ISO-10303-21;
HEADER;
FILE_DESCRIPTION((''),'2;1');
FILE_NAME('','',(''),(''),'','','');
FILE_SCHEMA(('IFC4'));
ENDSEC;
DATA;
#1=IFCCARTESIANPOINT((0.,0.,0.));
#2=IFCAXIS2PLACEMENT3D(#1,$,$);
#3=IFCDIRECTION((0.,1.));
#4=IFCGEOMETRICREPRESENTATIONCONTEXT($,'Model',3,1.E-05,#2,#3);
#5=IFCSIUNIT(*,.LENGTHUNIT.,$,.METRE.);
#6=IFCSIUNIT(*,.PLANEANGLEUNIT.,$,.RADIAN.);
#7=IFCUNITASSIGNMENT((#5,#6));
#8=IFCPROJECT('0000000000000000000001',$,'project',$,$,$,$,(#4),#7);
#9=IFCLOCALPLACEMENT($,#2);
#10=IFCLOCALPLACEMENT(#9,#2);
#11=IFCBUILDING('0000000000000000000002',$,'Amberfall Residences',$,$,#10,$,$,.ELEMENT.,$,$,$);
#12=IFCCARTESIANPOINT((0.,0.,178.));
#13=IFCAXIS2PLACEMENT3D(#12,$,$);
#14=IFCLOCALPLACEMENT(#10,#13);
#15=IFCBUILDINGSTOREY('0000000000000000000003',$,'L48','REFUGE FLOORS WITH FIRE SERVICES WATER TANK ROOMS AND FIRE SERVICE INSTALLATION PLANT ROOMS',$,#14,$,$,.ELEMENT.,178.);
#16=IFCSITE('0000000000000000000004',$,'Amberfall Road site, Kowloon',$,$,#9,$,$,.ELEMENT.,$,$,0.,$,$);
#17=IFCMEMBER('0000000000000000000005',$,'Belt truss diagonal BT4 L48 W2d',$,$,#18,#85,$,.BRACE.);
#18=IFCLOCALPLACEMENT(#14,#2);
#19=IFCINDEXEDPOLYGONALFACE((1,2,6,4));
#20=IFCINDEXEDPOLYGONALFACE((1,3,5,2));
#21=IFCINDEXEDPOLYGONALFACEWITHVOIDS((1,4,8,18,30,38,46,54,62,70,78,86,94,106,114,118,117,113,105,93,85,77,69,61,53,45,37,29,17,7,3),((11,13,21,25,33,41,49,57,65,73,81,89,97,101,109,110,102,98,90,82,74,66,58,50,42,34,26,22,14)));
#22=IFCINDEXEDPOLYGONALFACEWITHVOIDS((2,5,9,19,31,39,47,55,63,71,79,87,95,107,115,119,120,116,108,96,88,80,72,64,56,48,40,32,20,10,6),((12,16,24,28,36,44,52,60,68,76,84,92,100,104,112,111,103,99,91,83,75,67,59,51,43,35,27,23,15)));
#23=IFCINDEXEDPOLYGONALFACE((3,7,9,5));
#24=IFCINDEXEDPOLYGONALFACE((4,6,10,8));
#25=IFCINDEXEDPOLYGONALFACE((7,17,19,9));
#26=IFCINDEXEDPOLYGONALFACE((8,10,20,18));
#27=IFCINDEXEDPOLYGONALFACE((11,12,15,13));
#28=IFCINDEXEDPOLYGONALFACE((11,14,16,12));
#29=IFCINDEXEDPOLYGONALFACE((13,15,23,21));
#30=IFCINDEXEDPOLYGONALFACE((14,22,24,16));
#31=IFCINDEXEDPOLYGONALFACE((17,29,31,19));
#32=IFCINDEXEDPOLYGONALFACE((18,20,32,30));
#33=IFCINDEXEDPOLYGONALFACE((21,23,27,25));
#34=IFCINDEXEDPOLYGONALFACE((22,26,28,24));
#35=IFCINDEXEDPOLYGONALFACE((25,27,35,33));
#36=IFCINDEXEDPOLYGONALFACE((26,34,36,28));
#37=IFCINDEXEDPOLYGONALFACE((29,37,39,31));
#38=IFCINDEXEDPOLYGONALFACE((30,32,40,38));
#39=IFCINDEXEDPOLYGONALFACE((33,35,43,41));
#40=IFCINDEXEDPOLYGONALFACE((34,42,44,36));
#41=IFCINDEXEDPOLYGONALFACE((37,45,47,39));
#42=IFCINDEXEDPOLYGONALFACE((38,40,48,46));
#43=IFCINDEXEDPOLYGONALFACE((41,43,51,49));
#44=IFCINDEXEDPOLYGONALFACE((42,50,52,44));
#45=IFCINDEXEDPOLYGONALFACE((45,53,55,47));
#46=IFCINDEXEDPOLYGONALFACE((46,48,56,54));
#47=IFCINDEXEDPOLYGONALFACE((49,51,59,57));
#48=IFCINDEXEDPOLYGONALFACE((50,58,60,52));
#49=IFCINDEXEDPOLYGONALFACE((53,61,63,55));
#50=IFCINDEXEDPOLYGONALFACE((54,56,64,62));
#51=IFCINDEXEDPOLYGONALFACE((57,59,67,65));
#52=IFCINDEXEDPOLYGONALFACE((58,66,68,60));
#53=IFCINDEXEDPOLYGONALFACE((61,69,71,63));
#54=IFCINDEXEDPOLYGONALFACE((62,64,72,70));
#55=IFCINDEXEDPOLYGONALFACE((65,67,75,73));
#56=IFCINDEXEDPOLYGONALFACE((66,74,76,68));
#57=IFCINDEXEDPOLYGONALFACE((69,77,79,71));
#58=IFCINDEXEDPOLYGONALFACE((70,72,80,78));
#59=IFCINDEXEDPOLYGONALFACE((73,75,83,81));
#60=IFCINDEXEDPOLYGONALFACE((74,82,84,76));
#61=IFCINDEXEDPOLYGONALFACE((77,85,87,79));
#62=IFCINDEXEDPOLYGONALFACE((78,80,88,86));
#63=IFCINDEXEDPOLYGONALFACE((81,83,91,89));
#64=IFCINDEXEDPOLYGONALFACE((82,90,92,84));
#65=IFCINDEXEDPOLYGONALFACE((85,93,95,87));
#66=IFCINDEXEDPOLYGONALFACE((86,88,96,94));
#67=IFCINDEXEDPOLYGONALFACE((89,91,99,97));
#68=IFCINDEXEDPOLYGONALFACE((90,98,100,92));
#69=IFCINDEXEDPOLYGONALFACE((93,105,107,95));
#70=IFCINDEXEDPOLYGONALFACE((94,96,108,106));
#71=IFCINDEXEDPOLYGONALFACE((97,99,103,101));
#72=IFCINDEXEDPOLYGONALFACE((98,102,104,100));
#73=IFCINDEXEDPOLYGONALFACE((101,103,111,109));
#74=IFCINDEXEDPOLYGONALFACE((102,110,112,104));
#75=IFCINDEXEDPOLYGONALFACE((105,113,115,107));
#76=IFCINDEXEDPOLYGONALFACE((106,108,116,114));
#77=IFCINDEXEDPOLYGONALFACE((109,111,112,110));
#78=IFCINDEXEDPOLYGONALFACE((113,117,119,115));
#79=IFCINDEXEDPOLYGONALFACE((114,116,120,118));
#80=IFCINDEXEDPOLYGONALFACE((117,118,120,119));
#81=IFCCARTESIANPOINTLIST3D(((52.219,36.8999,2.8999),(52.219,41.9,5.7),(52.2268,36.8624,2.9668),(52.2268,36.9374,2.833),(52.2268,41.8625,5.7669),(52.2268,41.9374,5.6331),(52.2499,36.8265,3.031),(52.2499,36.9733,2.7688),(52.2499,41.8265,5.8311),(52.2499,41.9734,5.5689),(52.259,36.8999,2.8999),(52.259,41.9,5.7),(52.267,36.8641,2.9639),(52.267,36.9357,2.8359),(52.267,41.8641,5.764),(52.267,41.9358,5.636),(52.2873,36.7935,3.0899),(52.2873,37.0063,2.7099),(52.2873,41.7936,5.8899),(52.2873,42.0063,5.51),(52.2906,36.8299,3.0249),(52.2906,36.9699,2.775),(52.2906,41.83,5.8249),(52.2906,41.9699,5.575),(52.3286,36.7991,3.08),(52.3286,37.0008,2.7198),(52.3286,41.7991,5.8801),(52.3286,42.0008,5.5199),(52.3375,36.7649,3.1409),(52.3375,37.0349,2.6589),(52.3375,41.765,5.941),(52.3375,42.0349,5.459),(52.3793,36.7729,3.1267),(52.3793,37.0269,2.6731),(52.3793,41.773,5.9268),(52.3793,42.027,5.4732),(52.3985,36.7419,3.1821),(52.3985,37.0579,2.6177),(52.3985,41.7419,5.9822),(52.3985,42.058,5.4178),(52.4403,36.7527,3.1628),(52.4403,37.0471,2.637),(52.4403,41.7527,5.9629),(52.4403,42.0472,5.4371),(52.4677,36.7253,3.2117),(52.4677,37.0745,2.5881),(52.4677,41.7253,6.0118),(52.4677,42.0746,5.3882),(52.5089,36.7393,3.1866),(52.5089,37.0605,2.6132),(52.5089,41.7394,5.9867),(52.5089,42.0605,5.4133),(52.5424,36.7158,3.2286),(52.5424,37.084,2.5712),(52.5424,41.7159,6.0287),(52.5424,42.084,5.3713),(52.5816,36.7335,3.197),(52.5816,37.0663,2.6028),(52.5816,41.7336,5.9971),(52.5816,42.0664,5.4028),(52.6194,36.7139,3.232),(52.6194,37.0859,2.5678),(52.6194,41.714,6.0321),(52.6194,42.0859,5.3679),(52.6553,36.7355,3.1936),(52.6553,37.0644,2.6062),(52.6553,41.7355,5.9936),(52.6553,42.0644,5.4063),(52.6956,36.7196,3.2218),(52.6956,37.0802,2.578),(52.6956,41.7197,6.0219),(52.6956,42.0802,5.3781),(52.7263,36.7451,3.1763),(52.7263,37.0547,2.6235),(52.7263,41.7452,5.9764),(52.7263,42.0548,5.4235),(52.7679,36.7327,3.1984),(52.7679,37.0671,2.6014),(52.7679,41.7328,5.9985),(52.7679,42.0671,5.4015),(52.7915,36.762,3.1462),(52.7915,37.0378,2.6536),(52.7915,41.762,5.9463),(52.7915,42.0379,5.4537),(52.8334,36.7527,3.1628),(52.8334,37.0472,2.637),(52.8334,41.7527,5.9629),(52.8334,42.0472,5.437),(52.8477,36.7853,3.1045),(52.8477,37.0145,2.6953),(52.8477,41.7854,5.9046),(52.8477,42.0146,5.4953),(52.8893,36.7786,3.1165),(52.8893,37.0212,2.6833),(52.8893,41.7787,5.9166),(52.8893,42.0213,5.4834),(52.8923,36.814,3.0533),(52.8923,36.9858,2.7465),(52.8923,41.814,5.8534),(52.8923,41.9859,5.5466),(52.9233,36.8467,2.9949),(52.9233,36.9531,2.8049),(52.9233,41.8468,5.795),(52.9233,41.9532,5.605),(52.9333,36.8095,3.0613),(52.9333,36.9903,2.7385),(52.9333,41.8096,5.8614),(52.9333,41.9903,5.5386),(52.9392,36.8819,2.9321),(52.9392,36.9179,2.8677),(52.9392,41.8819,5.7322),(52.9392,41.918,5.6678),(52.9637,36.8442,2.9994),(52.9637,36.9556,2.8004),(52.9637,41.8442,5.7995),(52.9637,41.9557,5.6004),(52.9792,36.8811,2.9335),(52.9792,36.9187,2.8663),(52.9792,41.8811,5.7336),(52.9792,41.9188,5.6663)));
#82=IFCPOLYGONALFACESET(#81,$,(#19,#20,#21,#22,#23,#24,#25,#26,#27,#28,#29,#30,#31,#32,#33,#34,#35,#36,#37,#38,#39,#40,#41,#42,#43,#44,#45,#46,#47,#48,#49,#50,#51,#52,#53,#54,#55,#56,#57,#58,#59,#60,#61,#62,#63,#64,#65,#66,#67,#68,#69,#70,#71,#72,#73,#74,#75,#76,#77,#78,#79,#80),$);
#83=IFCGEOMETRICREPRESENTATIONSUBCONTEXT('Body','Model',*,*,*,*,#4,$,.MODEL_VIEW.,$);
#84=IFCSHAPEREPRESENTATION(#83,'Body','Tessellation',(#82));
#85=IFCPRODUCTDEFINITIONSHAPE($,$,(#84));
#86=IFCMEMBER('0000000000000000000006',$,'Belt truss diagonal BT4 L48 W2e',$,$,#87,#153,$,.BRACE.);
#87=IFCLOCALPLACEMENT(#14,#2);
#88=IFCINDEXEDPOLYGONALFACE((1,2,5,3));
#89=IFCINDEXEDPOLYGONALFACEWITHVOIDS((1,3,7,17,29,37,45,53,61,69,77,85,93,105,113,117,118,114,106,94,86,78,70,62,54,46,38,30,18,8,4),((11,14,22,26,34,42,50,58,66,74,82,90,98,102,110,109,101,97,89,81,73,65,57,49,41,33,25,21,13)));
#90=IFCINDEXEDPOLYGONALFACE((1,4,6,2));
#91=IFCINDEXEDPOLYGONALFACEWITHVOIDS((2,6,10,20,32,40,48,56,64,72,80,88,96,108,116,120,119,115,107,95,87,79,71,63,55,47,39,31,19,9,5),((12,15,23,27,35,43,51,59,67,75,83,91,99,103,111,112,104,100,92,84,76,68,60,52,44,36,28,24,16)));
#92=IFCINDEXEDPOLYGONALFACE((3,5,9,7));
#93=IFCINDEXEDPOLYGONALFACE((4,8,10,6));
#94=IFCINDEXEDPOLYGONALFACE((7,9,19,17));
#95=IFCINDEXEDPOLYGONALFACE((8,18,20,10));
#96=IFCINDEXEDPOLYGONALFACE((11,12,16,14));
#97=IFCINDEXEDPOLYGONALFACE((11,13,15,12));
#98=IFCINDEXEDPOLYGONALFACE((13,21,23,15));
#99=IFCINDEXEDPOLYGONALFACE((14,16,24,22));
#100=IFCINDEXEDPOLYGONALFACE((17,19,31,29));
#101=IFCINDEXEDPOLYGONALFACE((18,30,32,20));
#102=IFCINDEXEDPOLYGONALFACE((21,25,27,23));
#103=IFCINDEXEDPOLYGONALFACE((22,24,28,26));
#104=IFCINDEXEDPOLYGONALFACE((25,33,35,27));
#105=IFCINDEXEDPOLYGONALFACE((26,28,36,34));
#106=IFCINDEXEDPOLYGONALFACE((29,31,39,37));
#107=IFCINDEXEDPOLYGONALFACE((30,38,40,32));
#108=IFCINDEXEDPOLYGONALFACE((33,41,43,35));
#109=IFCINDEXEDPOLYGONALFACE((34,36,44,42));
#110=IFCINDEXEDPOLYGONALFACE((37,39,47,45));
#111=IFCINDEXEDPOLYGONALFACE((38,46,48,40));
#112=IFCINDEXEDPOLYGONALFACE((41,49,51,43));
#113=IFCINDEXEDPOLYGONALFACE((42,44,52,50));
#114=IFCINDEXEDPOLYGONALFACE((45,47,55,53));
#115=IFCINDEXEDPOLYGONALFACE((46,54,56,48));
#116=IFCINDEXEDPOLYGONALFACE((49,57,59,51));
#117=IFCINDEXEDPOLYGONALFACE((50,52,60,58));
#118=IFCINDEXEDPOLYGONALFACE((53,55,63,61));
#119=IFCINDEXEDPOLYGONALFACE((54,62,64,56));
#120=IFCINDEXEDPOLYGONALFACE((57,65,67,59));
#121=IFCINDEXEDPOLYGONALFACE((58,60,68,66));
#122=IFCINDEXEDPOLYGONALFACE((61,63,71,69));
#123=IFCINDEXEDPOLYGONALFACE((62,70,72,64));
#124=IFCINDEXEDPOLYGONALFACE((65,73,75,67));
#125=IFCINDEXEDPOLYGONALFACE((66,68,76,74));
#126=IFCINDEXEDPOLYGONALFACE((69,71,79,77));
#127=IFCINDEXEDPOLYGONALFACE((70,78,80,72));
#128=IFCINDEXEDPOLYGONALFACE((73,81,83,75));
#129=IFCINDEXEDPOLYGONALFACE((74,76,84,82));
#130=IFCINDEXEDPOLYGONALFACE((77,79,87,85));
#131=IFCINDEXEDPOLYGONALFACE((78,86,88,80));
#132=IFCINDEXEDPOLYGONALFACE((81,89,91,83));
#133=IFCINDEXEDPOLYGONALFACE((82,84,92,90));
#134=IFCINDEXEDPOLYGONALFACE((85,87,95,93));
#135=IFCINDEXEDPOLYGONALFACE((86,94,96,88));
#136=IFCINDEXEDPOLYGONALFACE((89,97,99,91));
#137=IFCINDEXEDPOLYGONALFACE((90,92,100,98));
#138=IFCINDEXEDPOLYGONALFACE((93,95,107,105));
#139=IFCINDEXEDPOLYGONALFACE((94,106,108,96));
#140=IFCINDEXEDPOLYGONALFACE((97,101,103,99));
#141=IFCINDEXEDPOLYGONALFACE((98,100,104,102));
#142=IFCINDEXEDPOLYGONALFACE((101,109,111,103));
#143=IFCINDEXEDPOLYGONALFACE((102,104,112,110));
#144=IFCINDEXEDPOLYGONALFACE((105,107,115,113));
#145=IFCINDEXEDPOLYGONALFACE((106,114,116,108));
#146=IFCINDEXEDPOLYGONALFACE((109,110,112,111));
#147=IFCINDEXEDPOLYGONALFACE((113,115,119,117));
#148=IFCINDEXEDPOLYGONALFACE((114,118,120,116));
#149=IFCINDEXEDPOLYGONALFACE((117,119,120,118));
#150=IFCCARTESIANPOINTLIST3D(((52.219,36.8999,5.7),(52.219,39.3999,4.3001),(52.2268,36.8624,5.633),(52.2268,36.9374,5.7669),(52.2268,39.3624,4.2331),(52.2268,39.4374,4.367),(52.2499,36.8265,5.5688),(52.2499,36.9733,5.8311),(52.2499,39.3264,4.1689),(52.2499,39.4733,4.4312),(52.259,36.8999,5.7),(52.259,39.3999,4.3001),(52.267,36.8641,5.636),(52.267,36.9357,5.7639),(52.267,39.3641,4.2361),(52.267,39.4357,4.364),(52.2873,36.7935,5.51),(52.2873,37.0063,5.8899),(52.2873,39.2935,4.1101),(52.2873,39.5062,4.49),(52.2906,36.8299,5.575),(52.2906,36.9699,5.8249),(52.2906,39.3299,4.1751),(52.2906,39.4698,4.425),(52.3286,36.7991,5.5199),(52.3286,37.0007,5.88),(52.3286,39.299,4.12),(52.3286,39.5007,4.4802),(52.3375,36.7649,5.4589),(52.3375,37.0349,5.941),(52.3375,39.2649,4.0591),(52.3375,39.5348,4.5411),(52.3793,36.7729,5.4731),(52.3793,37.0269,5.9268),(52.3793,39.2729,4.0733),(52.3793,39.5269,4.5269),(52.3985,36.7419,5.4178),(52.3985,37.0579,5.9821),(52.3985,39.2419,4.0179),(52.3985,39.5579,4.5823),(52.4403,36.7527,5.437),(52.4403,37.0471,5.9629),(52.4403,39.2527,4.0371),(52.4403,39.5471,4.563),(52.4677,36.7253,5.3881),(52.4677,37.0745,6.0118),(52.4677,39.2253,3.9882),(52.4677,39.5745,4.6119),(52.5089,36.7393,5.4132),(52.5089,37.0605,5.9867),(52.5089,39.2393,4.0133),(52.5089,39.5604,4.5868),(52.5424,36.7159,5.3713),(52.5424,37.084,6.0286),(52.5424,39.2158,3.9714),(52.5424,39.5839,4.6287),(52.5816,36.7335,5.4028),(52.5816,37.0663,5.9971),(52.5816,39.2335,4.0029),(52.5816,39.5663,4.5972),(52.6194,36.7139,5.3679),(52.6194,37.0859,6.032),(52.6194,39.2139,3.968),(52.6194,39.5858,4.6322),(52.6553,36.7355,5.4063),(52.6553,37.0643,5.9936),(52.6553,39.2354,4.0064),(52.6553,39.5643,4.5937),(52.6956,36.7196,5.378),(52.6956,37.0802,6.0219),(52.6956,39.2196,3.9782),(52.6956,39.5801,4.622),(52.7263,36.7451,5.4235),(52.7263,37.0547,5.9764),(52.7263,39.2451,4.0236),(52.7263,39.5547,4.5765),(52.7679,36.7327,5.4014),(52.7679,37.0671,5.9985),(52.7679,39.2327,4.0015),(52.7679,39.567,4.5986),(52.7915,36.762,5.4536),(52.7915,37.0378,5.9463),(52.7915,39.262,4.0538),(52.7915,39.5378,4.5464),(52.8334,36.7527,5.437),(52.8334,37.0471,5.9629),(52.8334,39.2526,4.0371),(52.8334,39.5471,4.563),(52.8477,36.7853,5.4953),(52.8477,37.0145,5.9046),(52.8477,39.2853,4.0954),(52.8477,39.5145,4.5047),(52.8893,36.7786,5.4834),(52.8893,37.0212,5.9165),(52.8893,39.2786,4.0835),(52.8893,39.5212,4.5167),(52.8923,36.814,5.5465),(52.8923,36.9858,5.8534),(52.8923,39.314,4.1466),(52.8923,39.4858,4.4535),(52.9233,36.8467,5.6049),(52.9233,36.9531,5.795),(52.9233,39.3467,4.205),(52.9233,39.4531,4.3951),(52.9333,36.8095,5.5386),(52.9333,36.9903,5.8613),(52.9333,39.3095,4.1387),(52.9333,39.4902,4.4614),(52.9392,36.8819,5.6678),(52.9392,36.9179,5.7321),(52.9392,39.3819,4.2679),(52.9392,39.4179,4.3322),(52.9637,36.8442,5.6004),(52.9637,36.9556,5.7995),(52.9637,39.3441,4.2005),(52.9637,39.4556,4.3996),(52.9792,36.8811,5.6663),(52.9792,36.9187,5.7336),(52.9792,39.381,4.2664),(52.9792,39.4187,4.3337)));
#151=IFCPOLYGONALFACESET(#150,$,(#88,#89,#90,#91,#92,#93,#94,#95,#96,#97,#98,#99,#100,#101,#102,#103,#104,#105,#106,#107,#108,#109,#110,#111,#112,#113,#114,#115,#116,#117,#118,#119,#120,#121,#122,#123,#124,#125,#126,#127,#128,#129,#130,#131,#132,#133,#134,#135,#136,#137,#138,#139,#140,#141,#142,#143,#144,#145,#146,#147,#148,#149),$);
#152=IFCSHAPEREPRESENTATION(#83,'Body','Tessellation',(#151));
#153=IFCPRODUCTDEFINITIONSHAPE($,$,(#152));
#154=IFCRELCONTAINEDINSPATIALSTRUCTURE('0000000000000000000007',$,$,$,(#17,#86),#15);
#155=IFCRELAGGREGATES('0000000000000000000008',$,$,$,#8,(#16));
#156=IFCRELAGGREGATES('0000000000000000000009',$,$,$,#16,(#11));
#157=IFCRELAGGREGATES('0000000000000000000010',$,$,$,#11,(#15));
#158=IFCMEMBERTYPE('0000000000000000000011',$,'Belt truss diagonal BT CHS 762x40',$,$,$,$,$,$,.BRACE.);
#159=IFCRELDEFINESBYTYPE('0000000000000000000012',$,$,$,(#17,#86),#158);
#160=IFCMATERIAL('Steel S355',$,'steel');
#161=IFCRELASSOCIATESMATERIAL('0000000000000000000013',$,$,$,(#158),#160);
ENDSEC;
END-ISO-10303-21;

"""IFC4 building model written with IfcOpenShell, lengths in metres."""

from ifc_helpers import new_model, si_unit, direction, frame, origin, origin_2d, place, context, subcontext, project, spatial, hollow_circle, extrude, material, material_profile, profile_set, type_object, element, save


model = new_model("IFC4")

# Units and contexts
model_context = context("Model", 3, precision=1e-05, world=origin(), true_north=direction((0.0, 1.0)))
body_context = subcontext(model_context, "Body", "Model", "MODEL_VIEW")
ifc_project = project(units=[si_unit("LENGTHUNIT", "METRE"), si_unit("PLANEANGLEUNIT", "RADIAN")], contexts=[model_context])

# Site, building, storey
site_placement = place(None, origin())
site = spatial("IfcSite", under=ifc_project, at=site_placement, Name="Amberfall Road site, Kowloon", CompositionType="ELEMENT", RefElevation=0.0)
building_placement = place(site_placement, origin())
building = spatial("IfcBuilding", under=site, at=building_placement, Name="Amberfall Residences", CompositionType="ELEMENT")
storey_placement = place(building_placement, frame((0.0, 0.0, 178.0)))
storey = spatial("IfcBuildingStorey", under=building, at=storey_placement, Name="L48", Description="REFUGE FLOORS WITH FIRE SERVICES WATER TANK ROOMS AND FIRE SERVICE INSTALLATION PLANT ROOMS", CompositionType="ELEMENT", Elevation=178.0)

# Shared definitions
ifc_material_1 = material(Name="Steel S355", Category="steel")

# Members
ifc_material_profile_1 = material_profile(ifc_material_1, hollow_circle(Radius=0.3811, WallThickness=0.04, at=origin_2d()), Name="CHS 762x40")
ifc_profile_set_1 = profile_set([ifc_material_profile_1], Name="Steel S355")
member_type = type_object("IfcMemberType", Name="Belt truss diagonal BT CHS 762x40", PredefinedType="BRACE", material=ifc_profile_set_1)
member_1_placement = place(storey_placement, frame((52.6001, 36.8999, 2.8999), z_axis=(0.0, 0.872502, 0.48861), x_axis=(-1.0, 0.0, 0.0)))
element("IfcMember", 1, at=member_1_placement, inside=storey, type_object=member_type, Name="Belt truss diagonal BT4 L48 W2d", PredefinedType="BRACE", context=body_context, shape_type="SweptSolid", body=[
    extrude(hollow_circle(Radius=0.3811, WallThickness=0.04, at=origin_2d()), origin(), (0.0, 0.0, 1.0), 5.7307),
])
member_2_placement = place(storey_placement, frame((52.6001, 36.8999, 5.7), z_axis=(0.0, 0.872521, -0.488577), x_axis=(-1.0, 0.0, 0.0)))
element("IfcMember", 2, at=member_2_placement, inside=storey, type_object=member_type, Name="Belt truss diagonal BT4 L48 W2e", PredefinedType="BRACE", context=body_context, shape_type="SweptSolid", body=[
    extrude(hollow_circle(Radius=0.3811, WallThickness=0.04, at=origin_2d()), origin(), (0.0, 0.0, 1.0), 2.8652),
])

save(model, "model.ifc")
